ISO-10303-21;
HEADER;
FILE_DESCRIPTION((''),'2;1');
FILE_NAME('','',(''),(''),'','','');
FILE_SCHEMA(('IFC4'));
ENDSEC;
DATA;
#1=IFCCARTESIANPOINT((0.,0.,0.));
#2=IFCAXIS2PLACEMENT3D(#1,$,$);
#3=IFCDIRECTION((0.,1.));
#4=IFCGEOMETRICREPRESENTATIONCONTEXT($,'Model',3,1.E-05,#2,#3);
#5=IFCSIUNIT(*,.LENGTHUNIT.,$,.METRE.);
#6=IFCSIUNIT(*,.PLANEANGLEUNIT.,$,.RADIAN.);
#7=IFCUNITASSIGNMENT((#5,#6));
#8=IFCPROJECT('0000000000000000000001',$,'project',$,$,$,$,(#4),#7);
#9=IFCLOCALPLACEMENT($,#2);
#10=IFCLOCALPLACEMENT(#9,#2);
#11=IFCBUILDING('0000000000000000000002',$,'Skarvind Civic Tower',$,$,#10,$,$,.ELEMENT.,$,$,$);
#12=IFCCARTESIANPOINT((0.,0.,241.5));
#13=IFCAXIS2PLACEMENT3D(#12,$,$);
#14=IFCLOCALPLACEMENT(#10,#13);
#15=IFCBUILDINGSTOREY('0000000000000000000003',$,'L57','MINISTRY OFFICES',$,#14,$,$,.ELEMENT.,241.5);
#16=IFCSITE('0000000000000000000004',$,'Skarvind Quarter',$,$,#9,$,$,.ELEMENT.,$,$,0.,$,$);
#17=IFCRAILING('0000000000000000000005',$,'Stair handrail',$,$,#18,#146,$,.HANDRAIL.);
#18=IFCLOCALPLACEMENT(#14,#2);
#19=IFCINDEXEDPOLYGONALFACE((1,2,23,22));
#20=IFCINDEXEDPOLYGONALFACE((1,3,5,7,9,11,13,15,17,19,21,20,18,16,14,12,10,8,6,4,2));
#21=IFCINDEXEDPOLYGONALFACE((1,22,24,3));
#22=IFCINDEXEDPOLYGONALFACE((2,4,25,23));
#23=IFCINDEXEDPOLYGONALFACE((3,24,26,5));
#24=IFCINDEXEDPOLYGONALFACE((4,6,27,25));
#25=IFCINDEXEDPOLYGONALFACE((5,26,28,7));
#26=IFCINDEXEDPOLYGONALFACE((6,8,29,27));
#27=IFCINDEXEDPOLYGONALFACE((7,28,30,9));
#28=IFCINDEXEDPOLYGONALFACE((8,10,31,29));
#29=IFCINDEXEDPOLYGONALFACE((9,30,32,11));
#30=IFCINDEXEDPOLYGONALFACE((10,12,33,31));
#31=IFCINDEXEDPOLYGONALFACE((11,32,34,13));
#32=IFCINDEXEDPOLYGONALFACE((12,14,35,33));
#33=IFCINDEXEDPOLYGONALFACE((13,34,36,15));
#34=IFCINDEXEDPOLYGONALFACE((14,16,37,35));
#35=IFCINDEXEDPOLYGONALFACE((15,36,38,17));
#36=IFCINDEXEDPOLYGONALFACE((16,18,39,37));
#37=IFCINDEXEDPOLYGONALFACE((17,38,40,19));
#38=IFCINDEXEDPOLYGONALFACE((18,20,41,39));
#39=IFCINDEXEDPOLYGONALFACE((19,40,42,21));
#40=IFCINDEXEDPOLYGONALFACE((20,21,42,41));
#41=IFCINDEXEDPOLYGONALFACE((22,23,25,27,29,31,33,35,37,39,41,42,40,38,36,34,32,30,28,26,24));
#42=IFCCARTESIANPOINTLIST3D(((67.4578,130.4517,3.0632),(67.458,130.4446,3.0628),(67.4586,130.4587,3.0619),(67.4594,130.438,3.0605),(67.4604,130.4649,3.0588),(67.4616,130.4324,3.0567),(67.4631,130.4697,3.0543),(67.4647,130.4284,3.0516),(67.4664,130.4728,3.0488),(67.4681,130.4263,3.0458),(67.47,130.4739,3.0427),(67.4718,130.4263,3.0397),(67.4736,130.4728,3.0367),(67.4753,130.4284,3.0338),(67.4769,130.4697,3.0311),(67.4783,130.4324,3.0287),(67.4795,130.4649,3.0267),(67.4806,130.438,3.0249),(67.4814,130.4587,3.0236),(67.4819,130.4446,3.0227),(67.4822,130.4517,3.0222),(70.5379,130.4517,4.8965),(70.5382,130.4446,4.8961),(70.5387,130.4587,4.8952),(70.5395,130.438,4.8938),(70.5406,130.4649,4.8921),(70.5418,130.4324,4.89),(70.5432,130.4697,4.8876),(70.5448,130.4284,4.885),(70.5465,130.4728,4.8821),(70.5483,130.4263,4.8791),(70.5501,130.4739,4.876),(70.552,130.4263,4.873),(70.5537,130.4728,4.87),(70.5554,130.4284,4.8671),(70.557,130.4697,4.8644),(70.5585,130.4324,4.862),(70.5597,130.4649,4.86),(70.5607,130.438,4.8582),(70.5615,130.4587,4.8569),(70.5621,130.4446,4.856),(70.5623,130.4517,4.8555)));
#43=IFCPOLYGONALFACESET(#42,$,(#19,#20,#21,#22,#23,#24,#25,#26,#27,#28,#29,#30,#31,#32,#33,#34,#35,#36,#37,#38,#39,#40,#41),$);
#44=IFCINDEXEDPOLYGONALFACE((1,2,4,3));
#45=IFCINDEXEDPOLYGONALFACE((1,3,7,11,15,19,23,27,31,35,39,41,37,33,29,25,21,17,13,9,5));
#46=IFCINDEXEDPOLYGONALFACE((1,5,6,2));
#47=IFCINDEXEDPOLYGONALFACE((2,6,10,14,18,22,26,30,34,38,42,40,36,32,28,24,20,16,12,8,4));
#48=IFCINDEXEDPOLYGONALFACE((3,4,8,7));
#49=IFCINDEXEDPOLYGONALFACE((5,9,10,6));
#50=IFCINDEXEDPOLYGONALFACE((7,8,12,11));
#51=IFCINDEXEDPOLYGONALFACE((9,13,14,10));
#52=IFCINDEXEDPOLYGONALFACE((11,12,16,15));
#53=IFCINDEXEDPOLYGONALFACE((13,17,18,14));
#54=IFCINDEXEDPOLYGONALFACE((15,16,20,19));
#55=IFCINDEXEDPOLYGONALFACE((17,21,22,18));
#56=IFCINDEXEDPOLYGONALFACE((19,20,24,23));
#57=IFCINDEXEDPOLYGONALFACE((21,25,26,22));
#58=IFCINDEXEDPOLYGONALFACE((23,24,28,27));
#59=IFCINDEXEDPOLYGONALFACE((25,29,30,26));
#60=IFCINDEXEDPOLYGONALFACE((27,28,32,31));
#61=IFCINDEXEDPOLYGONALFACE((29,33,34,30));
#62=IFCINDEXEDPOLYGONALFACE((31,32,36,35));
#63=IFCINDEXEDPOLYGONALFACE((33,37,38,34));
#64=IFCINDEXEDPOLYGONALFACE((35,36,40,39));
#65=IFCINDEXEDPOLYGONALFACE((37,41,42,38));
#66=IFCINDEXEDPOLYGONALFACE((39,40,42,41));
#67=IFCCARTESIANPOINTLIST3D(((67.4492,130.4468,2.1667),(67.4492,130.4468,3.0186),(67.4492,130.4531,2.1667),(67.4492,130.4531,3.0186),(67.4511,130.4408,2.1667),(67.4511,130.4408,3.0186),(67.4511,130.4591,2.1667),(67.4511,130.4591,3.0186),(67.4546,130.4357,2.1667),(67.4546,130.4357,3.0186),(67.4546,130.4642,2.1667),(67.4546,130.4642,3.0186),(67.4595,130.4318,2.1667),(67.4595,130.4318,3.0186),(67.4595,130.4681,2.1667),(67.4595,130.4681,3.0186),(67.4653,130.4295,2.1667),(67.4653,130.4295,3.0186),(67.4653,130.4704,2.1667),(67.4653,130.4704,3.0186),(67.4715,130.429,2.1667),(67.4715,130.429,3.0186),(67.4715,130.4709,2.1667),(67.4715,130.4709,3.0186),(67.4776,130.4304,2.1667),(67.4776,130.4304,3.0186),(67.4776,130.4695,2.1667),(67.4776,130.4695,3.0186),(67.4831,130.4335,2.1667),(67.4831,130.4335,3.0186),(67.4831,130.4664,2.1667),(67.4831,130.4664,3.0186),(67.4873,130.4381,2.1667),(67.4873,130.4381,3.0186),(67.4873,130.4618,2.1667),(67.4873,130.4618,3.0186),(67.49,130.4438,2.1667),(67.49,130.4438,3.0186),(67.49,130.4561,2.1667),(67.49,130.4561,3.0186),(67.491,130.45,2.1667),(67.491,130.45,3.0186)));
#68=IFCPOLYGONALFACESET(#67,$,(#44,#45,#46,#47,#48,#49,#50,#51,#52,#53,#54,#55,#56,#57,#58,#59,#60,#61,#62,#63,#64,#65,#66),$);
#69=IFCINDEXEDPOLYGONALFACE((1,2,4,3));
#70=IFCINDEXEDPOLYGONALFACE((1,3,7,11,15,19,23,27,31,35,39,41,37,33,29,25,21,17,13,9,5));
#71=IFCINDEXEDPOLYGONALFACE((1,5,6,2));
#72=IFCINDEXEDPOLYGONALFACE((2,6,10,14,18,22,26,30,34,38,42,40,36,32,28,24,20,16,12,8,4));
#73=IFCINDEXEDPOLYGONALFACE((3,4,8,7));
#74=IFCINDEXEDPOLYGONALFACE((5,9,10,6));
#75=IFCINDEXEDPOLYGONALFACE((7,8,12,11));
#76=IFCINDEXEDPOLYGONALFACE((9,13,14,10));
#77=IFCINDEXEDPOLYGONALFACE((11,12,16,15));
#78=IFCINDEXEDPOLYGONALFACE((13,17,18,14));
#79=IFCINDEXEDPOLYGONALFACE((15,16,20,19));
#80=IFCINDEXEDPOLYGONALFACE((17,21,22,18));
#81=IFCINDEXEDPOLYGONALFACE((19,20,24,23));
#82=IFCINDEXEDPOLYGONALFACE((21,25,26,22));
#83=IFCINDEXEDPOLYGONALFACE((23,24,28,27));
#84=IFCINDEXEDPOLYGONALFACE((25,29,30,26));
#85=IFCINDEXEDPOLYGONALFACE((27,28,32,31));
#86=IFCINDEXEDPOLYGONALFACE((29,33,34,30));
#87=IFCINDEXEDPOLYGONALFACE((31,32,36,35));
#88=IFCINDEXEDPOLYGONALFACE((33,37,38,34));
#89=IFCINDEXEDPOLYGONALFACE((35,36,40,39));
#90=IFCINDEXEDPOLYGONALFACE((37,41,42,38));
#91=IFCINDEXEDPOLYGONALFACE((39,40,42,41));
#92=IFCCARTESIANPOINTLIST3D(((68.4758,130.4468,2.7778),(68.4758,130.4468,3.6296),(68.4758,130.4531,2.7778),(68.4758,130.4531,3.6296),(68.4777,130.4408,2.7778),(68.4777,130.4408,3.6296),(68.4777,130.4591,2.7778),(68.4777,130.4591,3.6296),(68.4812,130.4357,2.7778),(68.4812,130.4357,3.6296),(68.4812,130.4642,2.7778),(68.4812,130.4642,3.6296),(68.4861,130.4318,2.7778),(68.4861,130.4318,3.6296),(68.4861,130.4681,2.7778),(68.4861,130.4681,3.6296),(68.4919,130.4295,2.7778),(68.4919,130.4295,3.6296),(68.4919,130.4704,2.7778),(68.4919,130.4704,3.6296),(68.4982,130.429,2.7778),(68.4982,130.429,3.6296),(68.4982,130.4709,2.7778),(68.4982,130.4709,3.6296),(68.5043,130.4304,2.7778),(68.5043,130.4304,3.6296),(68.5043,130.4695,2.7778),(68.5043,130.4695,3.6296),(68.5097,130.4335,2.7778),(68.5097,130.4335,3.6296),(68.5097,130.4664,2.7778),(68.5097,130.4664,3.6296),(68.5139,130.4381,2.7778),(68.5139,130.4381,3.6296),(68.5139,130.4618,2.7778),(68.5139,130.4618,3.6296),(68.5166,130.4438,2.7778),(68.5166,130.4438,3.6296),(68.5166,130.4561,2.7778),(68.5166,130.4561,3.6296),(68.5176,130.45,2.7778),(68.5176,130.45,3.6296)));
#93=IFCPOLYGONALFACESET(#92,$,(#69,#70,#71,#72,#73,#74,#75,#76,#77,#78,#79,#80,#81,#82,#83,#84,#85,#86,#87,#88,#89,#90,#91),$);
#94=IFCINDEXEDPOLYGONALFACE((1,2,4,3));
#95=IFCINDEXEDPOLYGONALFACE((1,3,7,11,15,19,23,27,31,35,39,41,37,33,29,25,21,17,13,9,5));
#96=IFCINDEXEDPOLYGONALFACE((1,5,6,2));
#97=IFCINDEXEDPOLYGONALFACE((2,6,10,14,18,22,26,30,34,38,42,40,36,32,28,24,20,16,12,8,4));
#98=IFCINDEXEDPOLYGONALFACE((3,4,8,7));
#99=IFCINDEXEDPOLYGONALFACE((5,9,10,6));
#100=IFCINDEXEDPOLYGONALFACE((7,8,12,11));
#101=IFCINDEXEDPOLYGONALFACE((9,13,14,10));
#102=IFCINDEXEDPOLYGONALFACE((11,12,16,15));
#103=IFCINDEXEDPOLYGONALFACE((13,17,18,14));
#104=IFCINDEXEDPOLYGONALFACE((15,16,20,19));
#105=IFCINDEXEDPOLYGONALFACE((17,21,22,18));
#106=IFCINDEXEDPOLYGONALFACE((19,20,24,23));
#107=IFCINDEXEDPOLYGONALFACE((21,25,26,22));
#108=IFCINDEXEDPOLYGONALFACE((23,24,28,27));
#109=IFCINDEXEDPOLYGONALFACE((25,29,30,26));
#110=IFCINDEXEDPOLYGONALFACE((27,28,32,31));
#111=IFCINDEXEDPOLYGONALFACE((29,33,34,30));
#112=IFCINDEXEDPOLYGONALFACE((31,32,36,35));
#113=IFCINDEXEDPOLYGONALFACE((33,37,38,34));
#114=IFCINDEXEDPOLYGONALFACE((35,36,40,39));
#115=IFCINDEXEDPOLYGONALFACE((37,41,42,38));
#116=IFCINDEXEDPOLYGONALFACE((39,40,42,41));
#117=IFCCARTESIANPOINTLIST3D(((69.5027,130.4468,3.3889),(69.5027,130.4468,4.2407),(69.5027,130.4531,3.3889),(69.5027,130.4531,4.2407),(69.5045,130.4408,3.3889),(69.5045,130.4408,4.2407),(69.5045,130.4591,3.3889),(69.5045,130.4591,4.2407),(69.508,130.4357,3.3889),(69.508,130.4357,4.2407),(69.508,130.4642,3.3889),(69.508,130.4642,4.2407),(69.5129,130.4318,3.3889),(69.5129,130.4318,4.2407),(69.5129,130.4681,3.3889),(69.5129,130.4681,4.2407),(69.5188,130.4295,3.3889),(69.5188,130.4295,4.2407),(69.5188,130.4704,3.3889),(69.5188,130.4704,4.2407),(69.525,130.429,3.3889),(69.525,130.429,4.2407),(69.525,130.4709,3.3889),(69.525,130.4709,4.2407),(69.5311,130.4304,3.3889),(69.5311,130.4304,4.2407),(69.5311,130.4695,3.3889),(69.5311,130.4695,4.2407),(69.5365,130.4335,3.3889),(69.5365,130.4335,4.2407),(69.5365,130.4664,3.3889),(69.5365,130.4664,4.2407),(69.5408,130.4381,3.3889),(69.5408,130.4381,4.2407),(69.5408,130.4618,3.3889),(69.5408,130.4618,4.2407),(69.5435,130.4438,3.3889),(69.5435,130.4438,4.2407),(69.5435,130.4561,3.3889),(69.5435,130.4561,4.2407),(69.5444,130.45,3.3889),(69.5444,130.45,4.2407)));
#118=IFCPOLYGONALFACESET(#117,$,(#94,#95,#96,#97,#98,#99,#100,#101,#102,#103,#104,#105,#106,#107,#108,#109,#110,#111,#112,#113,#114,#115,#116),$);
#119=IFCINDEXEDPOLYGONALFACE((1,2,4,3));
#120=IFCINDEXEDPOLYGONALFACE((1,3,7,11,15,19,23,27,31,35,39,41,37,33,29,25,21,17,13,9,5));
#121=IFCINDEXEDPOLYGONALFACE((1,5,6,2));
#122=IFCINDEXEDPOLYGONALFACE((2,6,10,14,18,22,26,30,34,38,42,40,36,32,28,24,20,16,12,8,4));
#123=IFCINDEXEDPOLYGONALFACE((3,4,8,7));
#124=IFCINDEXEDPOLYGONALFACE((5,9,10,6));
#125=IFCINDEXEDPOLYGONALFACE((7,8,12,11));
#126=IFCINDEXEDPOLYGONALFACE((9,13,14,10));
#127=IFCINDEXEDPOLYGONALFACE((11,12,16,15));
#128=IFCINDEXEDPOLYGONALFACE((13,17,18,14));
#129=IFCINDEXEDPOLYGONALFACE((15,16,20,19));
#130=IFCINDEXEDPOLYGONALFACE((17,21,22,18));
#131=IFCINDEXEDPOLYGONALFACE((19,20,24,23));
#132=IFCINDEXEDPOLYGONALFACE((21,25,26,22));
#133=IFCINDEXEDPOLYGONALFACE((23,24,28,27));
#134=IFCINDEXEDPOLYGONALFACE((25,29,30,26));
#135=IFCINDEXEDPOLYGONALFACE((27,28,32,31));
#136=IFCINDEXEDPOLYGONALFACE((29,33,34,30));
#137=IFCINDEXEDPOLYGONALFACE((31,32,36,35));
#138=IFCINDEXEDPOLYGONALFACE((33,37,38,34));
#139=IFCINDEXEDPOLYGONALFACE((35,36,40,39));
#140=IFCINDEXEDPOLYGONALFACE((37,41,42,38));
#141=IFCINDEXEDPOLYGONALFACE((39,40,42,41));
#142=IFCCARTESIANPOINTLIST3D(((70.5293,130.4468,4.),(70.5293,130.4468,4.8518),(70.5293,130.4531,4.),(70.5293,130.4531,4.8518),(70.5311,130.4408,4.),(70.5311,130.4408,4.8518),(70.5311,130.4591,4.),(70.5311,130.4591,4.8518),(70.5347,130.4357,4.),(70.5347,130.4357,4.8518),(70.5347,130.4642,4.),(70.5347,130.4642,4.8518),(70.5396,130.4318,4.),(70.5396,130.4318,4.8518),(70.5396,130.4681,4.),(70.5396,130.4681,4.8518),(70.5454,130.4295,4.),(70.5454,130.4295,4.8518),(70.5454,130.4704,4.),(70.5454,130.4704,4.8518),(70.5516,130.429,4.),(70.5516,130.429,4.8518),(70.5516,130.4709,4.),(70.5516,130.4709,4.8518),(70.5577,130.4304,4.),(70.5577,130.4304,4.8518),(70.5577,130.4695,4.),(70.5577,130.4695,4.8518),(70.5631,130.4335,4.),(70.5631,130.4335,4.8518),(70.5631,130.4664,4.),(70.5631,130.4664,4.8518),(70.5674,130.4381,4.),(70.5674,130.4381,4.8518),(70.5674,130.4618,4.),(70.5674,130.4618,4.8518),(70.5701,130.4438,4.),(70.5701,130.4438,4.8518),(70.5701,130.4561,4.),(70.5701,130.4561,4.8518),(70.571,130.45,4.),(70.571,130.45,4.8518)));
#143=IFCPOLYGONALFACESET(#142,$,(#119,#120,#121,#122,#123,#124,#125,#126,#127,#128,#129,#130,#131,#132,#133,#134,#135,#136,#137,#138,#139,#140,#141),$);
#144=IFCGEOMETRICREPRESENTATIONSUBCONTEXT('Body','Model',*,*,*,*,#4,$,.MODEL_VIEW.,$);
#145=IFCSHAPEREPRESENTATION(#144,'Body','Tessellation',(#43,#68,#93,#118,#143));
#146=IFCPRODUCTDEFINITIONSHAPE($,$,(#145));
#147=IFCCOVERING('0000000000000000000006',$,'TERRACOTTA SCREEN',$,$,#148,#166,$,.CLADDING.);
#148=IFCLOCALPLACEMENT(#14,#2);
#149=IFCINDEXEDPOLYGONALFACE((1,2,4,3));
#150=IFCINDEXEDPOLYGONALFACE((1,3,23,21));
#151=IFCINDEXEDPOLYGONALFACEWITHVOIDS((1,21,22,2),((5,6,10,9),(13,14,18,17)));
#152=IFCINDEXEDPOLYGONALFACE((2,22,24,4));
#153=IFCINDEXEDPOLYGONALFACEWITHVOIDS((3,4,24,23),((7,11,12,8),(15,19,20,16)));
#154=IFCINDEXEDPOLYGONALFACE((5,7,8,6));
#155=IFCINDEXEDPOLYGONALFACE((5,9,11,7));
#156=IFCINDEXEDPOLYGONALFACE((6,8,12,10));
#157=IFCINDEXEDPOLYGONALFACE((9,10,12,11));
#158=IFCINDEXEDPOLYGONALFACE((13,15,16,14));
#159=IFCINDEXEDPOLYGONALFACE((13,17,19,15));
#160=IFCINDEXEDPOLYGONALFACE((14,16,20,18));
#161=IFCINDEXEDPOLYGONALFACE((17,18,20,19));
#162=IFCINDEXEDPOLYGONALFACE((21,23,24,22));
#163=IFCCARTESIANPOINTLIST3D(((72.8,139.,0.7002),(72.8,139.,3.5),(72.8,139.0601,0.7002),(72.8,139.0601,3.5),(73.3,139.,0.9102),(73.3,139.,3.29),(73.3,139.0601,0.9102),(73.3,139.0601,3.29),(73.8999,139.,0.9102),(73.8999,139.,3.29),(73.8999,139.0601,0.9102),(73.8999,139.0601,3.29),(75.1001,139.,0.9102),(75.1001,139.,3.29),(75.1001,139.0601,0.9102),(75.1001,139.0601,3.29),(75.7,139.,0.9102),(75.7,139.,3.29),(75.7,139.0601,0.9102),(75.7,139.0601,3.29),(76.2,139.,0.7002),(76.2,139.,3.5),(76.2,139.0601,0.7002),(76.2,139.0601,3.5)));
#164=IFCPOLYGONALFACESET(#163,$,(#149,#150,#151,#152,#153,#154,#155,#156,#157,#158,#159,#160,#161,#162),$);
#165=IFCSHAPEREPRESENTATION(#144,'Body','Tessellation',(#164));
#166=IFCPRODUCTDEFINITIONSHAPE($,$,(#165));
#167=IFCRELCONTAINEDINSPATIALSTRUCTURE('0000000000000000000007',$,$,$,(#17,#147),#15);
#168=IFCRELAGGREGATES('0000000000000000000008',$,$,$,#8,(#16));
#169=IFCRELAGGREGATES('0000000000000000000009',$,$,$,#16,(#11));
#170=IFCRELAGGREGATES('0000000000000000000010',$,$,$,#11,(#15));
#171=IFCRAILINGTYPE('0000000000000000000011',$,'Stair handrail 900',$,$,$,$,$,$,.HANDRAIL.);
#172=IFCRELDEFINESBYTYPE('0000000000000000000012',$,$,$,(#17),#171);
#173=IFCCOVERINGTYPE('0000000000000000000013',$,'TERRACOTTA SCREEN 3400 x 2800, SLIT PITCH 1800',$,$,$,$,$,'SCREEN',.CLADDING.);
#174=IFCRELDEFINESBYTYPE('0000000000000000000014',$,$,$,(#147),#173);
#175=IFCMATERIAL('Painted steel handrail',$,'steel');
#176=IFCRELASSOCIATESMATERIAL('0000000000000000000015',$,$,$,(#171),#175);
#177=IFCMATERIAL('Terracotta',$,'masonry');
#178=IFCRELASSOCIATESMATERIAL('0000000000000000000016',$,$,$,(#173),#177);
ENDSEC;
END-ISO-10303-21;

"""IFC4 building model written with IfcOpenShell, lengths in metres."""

from ifc_helpers import new_model, si_unit, direction, frame, origin, origin_2d, place, context, subcontext, project, spatial, polyline, circle, outline, extrude, material, material_profile, profile_set, type_object, element, save


model = new_model("IFC4")

# Units and contexts
model_context = context("Model", 3, precision=1e-05, world=origin(), true_north=direction((0.0, 1.0)))
body_context = subcontext(model_context, "Body", "Model", "MODEL_VIEW")
ifc_project = project(units=[si_unit("LENGTHUNIT", "METRE"), si_unit("PLANEANGLEUNIT", "RADIAN")], contexts=[model_context])

# Site, building, storey
site_placement = place(None, origin())
site = spatial("IfcSite", under=ifc_project, at=site_placement, Name="Skarvind Quarter", CompositionType="ELEMENT", RefElevation=0.0)
building_placement = place(site_placement, origin())
building = spatial("IfcBuilding", under=site, at=building_placement, Name="Skarvind Civic Tower", CompositionType="ELEMENT")
storey_placement = place(building_placement, frame((0.0, 0.0, 241.5)))
storey = spatial("IfcBuildingStorey", under=building, at=storey_placement, Name="L57", Description="MINISTRY OFFICES", CompositionType="ELEMENT", Elevation=241.5)

# Railing
ifc_material_1 = material(Name="Painted steel handrail", Category="steel")
railing_type = type_object("IfcRailingType", Name="Stair handrail 900", PredefinedType="HANDRAIL", material=ifc_material_1)
railing_1_placement = place(storey_placement, frame((67.47, 130.45, 2.1667)))
element("IfcRailing", 1, at=railing_1_placement, inside=storey, type_object=railing_type, Name="Stair handrail", PredefinedType="HANDRAIL", context=body_context, shape_type="SweptSolid", body=[
    extrude(circle(Radius=0.0239, at=origin_2d()), frame((0.0, 0.0, 0.876), z_axis=(0.859309, 0.0, 0.511458), x_axis=(0.0, 1.0, 0.0)), (0.0, 0.0, 1.0), 3.5845),
    extrude(circle(Radius=0.021, at=origin_2d()), origin(), (0.0, 0.0, 1.0), 0.8518),
    extrude(circle(Radius=0.021, at=origin_2d()), frame((1.0266, 0.0, 0.6111)), (0.0, 0.0, 1.0), 0.8518),
    extrude(circle(Radius=0.021, at=origin_2d()), frame((2.0535, 0.0, 1.2222)), (0.0, 0.0, 1.0), 0.8518),
    extrude(circle(Radius=0.021, at=origin_2d()), frame((3.0801, 0.0, 1.8333)), (0.0, 0.0, 1.0), 0.8518),
])

# Covering
ifc_material_2 = material(Name="Terracotta", Category="masonry")
ifc_material_profile_1 = material_profile(ifc_material_2, outline(polyline([(-1.7, -1.3999), (1.7, -1.3999), (1.7, 1.3999), (-1.7, 1.3999), (-1.7, -1.3999)]), holes=[polyline([(-1.2, -1.1899), (-0.6001, -1.1899), (-0.6001, 1.1899), (-1.2, 1.1899), (-1.2, -1.1899)]), polyline([(0.6001, -1.1899), (1.2, -1.1899), (1.2, 1.1899), (0.6001, 1.1899), (0.6001, -1.1899)])]), Name="TERRACOTTA SCREEN 3400 x 2800, SLIT PITCH 1800")
ifc_profile_set_1 = profile_set([ifc_material_profile_1], Name="Terracotta")
covering_type = type_object("IfcCoveringType", Name="TERRACOTTA SCREEN 3400 x 2800, SLIT PITCH 1800", ElementType="SCREEN", PredefinedType="CLADDING", material=ifc_profile_set_1)
covering_placement = place(storey_placement, frame((74.5, 139.0, 2.1001), z_axis=(0.0, 1.0, 0.0), x_axis=(-1.0, 0.0, 0.0)))
element("IfcCovering", 2, at=covering_placement, inside=storey, type_object=covering_type, Name="TERRACOTTA SCREEN", PredefinedType="CLADDING", context=body_context, shape_type="SweptSolid", body=[
    extrude(outline(polyline([(-1.7, -1.3999), (1.7, -1.3999), (1.7, 1.3999), (-1.7, 1.3999), (-1.7, -1.3999)]), holes=[polyline([(-1.2, -1.1899), (-0.6001, -1.1899), (-0.6001, 1.1899), (-1.2, 1.1899), (-1.2, -1.1899)]), polyline([(0.6001, -1.1899), (1.2, -1.1899), (1.2, 1.1899), (0.6001, 1.1899), (0.6001, -1.1899)])]), origin(), (0.0, 0.0, 1.0), 0.0601),
])

save(model, "model.ifc")
